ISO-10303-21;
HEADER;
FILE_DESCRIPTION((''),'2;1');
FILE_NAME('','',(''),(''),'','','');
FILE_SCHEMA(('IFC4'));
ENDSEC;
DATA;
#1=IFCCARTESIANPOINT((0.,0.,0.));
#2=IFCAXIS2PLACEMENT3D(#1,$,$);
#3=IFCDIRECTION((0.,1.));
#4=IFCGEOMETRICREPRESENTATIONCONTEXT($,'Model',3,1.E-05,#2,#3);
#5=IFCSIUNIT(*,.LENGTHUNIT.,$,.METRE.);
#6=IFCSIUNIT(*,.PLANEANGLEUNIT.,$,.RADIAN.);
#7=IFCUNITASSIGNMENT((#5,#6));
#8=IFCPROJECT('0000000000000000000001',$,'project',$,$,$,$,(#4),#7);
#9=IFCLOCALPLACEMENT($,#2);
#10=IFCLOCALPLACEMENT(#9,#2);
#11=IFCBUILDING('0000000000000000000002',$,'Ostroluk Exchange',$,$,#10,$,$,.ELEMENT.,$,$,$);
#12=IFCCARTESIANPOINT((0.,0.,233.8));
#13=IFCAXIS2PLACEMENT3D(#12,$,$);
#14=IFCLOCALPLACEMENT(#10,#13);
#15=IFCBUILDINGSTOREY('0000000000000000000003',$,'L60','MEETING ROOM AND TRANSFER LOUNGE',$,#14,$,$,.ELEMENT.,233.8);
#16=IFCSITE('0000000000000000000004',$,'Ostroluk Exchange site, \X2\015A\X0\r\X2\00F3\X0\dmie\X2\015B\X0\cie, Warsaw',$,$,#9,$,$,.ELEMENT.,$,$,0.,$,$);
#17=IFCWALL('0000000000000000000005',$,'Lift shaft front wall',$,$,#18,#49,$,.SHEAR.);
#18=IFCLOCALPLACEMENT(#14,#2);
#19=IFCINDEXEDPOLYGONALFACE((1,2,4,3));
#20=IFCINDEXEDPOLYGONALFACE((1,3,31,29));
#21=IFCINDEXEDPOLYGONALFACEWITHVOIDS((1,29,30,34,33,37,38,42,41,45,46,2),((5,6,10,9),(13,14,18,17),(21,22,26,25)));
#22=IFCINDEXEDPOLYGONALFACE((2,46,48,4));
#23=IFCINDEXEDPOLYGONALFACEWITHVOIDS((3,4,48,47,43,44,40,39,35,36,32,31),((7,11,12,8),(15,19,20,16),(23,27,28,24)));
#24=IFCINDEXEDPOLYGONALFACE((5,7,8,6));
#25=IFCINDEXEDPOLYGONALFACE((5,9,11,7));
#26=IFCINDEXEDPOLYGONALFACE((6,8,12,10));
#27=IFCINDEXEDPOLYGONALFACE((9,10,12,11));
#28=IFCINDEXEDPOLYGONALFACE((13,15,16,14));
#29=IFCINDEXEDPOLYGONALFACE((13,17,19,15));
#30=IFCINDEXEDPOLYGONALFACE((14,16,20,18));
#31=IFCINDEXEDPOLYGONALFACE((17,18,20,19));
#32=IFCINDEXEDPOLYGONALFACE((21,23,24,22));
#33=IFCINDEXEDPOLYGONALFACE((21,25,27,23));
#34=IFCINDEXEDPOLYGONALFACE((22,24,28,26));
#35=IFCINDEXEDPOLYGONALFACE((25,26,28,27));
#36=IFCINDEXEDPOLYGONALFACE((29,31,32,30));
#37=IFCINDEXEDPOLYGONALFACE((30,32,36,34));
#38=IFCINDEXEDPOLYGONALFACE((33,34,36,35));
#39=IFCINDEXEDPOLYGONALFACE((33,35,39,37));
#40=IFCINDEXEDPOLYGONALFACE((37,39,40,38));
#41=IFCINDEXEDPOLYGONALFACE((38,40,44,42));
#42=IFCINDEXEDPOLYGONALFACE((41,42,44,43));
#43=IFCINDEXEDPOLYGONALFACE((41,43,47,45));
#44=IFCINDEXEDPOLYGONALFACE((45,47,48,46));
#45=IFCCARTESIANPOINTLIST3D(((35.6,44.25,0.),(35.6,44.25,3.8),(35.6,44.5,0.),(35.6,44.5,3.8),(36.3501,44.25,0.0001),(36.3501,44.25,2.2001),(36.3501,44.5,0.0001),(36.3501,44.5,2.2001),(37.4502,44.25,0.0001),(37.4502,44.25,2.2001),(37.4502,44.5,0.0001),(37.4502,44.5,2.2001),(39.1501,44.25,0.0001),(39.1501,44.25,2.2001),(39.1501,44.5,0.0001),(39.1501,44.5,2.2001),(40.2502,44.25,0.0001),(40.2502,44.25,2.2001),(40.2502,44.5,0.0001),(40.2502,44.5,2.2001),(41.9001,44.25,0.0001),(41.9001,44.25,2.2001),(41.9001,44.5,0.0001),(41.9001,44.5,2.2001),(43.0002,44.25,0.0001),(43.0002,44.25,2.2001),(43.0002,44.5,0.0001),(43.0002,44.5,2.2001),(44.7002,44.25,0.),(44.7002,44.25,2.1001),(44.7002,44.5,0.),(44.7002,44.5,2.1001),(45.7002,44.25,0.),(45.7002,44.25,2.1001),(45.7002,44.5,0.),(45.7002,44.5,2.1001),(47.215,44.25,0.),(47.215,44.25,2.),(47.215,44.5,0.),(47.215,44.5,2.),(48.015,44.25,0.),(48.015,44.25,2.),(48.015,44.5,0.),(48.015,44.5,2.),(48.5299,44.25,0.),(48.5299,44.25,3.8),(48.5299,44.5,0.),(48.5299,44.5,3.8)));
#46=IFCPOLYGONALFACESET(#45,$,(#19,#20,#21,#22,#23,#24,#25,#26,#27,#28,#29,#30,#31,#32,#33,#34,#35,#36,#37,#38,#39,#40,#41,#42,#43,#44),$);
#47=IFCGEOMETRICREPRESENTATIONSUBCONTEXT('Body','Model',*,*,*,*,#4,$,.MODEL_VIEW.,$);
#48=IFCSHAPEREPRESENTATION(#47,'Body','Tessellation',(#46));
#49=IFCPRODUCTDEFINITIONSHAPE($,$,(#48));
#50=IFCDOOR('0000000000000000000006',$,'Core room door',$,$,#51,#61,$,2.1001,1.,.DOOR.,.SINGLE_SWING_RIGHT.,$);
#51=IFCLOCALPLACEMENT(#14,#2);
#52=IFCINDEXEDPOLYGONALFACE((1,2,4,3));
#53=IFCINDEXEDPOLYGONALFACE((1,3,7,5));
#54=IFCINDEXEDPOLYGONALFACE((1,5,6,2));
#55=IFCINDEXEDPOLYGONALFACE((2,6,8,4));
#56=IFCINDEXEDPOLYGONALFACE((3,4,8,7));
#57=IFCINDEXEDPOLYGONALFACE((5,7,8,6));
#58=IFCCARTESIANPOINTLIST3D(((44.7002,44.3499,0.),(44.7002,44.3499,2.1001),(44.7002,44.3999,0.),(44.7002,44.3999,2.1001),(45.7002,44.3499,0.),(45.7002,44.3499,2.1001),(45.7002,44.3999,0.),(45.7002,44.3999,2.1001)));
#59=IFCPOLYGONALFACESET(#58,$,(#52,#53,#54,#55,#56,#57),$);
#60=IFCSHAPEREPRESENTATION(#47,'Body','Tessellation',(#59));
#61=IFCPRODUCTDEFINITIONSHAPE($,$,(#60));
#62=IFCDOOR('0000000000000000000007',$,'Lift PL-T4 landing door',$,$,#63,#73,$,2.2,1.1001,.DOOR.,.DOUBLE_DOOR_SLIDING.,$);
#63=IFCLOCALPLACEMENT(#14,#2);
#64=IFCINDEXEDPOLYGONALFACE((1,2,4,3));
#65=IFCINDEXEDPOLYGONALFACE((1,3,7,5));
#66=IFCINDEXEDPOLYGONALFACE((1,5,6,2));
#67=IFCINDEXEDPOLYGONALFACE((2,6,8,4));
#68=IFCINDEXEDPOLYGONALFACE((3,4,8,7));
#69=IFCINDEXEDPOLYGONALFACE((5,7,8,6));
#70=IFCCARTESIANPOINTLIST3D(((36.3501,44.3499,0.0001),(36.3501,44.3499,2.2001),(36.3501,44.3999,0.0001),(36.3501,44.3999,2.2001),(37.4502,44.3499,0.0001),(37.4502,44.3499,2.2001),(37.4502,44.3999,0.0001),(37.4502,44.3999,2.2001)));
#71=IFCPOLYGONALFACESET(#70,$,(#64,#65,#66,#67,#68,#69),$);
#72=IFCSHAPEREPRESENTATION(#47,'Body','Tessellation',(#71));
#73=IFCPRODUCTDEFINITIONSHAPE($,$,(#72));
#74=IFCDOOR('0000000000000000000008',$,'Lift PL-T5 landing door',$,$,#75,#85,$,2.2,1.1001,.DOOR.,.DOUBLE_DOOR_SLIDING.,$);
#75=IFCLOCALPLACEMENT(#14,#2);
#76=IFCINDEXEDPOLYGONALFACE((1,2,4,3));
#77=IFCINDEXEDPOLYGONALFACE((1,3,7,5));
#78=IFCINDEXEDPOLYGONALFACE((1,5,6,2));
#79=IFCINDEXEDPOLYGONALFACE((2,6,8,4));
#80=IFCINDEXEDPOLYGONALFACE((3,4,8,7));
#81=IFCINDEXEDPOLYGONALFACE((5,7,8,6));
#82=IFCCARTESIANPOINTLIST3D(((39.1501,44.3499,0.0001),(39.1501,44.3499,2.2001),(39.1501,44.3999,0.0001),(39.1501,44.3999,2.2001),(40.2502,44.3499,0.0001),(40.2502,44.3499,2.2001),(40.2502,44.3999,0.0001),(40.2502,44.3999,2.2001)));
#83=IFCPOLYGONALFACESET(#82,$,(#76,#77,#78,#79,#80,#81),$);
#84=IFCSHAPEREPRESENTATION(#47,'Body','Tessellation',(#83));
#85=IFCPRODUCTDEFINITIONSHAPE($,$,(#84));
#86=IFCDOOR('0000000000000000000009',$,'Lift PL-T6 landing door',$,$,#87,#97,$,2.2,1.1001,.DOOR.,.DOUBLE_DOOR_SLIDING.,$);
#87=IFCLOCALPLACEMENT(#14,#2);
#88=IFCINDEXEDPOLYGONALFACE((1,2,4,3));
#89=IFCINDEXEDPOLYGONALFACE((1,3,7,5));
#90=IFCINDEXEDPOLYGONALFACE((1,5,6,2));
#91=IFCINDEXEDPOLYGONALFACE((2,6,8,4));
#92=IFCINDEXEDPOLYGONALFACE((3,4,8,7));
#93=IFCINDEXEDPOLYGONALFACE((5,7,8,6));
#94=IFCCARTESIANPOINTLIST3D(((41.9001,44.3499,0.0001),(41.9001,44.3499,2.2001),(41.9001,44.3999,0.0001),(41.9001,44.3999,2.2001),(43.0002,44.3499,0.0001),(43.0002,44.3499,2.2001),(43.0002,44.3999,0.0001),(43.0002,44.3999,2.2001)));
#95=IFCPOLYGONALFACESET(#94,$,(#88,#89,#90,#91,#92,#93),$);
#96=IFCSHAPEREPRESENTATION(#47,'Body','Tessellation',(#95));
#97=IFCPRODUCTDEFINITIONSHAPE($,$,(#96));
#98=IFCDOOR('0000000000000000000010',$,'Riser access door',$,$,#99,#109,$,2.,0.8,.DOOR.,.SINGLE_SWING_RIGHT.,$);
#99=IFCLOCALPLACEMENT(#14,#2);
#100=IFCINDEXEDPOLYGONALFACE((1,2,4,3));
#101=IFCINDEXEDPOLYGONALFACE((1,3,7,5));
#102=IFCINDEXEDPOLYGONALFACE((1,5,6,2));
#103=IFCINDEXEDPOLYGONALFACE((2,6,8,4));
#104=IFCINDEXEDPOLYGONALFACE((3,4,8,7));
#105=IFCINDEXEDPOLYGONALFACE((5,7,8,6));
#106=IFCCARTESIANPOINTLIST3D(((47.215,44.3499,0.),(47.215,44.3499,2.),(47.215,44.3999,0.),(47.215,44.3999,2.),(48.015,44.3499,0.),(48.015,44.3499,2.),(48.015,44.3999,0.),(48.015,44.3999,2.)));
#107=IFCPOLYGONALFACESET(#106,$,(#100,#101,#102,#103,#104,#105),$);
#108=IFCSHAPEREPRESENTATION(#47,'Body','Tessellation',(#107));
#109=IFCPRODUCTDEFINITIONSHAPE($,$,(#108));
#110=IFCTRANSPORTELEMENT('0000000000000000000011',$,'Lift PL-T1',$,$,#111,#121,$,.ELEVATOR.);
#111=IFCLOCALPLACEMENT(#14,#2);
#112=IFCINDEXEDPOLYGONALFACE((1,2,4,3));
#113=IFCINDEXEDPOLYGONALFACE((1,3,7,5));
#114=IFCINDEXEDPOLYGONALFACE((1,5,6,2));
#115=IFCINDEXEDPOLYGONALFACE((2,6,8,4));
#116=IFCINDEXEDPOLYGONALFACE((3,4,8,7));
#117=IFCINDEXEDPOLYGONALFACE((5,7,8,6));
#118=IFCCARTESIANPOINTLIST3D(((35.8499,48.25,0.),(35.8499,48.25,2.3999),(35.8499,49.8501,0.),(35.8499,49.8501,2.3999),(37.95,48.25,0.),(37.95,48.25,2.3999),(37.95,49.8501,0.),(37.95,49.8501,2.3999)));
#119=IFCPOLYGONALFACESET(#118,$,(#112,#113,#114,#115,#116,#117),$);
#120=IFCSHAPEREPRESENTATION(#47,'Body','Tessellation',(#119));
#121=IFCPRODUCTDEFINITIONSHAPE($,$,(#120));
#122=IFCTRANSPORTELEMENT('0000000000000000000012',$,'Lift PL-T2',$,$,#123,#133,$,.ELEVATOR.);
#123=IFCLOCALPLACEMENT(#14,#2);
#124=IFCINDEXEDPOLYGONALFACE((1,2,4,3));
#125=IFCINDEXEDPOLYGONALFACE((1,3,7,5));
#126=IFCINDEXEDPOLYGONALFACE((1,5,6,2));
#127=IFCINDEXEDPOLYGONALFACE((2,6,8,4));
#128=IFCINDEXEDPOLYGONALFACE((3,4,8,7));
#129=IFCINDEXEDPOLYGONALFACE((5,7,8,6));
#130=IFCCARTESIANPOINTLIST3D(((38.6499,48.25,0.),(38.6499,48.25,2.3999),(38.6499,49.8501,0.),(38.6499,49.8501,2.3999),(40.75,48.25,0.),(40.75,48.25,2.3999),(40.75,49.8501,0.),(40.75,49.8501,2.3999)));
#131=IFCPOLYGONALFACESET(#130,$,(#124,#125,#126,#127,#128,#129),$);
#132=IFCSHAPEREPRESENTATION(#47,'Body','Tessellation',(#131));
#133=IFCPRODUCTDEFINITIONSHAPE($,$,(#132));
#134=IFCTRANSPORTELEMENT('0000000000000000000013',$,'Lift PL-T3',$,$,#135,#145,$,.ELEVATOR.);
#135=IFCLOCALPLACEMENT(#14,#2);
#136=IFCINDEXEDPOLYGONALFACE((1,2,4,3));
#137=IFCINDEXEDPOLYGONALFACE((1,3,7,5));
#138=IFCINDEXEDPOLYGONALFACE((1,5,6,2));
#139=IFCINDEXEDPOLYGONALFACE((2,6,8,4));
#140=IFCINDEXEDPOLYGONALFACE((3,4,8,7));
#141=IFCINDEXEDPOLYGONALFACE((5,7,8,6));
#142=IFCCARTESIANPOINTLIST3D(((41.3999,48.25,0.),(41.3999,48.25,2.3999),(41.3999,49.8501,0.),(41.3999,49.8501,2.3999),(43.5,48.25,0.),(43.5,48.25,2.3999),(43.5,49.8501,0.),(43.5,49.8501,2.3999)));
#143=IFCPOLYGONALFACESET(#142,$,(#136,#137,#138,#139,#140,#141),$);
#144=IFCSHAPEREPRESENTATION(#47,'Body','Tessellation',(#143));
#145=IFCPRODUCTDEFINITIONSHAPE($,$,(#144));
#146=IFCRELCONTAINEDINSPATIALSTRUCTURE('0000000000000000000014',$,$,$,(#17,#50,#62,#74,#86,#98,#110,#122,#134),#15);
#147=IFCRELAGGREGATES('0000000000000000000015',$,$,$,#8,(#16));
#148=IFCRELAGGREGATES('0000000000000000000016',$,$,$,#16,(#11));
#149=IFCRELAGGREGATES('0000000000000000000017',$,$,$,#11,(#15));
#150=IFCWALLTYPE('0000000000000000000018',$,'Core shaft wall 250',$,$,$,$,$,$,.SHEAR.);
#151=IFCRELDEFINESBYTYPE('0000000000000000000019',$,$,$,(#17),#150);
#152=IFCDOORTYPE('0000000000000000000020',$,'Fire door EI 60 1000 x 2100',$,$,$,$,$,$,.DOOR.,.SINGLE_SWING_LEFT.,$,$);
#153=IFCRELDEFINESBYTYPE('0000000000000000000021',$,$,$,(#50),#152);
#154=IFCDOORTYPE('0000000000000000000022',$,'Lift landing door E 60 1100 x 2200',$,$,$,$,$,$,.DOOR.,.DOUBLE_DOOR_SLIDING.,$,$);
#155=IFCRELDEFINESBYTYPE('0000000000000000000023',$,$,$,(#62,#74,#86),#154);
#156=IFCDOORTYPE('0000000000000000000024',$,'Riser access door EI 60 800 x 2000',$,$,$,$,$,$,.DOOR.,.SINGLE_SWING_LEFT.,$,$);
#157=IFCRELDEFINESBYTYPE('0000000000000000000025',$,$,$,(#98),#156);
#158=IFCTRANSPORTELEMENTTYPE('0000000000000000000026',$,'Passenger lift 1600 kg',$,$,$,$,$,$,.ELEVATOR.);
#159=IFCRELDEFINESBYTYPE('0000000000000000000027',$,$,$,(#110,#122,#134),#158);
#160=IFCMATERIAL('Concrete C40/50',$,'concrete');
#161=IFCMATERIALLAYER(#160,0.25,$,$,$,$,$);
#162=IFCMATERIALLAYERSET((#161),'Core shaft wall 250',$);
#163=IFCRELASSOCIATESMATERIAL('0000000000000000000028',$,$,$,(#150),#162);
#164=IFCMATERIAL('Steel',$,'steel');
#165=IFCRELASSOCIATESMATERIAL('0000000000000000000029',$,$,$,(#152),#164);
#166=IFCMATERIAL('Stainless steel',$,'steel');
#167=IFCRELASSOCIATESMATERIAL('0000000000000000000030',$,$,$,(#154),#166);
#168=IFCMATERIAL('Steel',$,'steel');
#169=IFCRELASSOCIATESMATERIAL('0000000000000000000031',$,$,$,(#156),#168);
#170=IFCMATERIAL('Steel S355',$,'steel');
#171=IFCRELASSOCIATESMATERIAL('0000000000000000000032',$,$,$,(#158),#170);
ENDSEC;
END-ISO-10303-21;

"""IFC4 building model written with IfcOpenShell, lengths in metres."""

from ifc_helpers import new_model, si_unit, direction, frame, frame_2d, origin, origin_2d, place, context, subcontext, project, spatial, rectangle, extrude, material, layer, layer_set, type_object, element, fill, save


model = new_model("IFC4")

# Units and contexts
model_context = context("Model", 3, precision=1e-05, world=origin(), true_north=direction((0.0, 1.0)))
body_context = subcontext(model_context, "Body", "Model", "MODEL_VIEW")
ifc_project = project(units=[si_unit("LENGTHUNIT", "METRE"), si_unit("PLANEANGLEUNIT", "RADIAN")], contexts=[model_context])

# Site, building, storey
site_placement = place(None, origin())
site = spatial("IfcSite", under=ifc_project, at=site_placement, Name="Ostroluk Exchange site, Śródmieście, Warsaw", CompositionType="ELEMENT", RefElevation=0.0)
building_placement = place(site_placement, origin())
building = spatial("IfcBuilding", under=site, at=building_placement, Name="Ostroluk Exchange", CompositionType="ELEMENT")
storey_placement = place(building_placement, frame((0.0, 0.0, 233.8)))
storey = spatial("IfcBuildingStorey", under=building, at=storey_placement, Name="L60", Description="MEETING ROOM AND TRANSFER LOUNGE", CompositionType="ELEMENT", Elevation=233.8)

# Shared definitions
ifc_material_1 = material(Name="Concrete C40/50", Category="concrete")
ifc_layer = layer(ifc_material_1, 0.25)
ifc_layer_set = layer_set([ifc_layer], Name="Core shaft wall 250")
wall_type = type_object("IfcWallType", Name="Core shaft wall 250", PredefinedType="SHEAR", material=ifc_layer_set)

# Wall, openings, doors
ifc_material_2 = material(Name="Steel", Category="steel")
door_type_1 = type_object("IfcDoorType", Name="Fire door EI 60 1000 x 2100", OperationType="SINGLE_SWING_LEFT", PredefinedType="DOOR", material=ifc_material_2)
ifc_material_3 = material(Name="Stainless steel", Category="steel")
door_type_2 = type_object("IfcDoorType", Name="Lift landing door E 60 1100 x 2200", OperationType="DOUBLE_DOOR_SLIDING", PredefinedType="DOOR", material=ifc_material_3)
ifc_material_4 = material(Name="Steel", Category="steel")
door_type_3 = type_object("IfcDoorType", Name="Riser access door EI 60 800 x 2000", OperationType="SINGLE_SWING_LEFT", PredefinedType="DOOR", material=ifc_material_4)
wall_1_placement = place(storey_placement, frame((35.6001, 44.375, 0.0), z_axis=(0.0, 0.0, 1.0), x_axis=(1.0, 0.0, 0.0)))
wall_1 = element("IfcWall", 1, at=wall_1_placement, inside=storey, type_object=wall_type, Name="Lift shaft front wall", PredefinedType="SHEAR", context=body_context, shape_type="SweptSolid", body=[
    extrude(rectangle(XDim=12.9299, YDim=0.25, at=frame_2d((6.4648, 0.0))), origin(), (0.0, 0.0, 1.0), 3.8),
])
opening_1_placement = place(wall_1_placement, frame((0.75, 0.0, 0.0)))
opening_1 = element("IfcOpeningElement", 2, at=opening_1_placement, cuts=wall_1, PredefinedType="OPENING", context=body_context, shape_type="SweptSolid", body=[
    extrude(rectangle(XDim=1.1001, YDim=2.2, at=frame_2d((0.55, 1.1001))), frame((0.0, 0.135, 0.0), z_axis=(0.0, -1.0, 0.0), x_axis=(1.0, 0.0, 0.0)), (0.0, 0.0, 1.0), 0.27),
])
opening_2_placement = place(wall_1_placement, frame((3.55, 0.0, 0.0)))
opening_2 = element("IfcOpeningElement", 3, at=opening_2_placement, cuts=wall_1, PredefinedType="OPENING", context=body_context, shape_type="SweptSolid", body=[
    extrude(rectangle(XDim=1.1001, YDim=2.2, at=frame_2d((0.55, 1.1001))), frame((0.0, 0.135, 0.0), z_axis=(0.0, -1.0, 0.0), x_axis=(1.0, 0.0, 0.0)), (0.0, 0.0, 1.0), 0.27),
])
opening_3_placement = place(wall_1_placement, frame((6.3, 0.0, 0.0)))
opening_3 = element("IfcOpeningElement", 4, at=opening_3_placement, cuts=wall_1, PredefinedType="OPENING", context=body_context, shape_type="SweptSolid", body=[
    extrude(rectangle(XDim=1.1001, YDim=2.2, at=frame_2d((0.55, 1.1001))), frame((0.0, 0.135, 0.0), z_axis=(0.0, -1.0, 0.0), x_axis=(1.0, 0.0, 0.0)), (0.0, 0.0, 1.0), 0.27),
])
opening_4_placement = place(wall_1_placement, frame((9.1001, 0.0, 0.0)))
opening_4 = element("IfcOpeningElement", 5, at=opening_4_placement, cuts=wall_1, PredefinedType="OPENING", context=body_context, shape_type="SweptSolid", body=[
    extrude(rectangle(XDim=1.0, YDim=2.1001, at=frame_2d((0.5, 1.05))), frame((0.0, 0.135, 0.0), z_axis=(0.0, -1.0, 0.0), x_axis=(1.0, 0.0, 0.0)), (0.0, 0.0, 1.0), 0.27),
])
opening_5_placement = place(wall_1_placement, frame((11.615, 0.0, 0.0)))
opening_5 = element("IfcOpeningElement", 6, at=opening_5_placement, cuts=wall_1, PredefinedType="OPENING", context=body_context, shape_type="SweptSolid", body=[
    extrude(rectangle(XDim=0.8, YDim=2.0, at=frame_2d((0.3999, 1.0))), frame((0.0, 0.135, 0.0), z_axis=(0.0, -1.0, 0.0), x_axis=(1.0, 0.0, 0.0)), (0.0, 0.0, 1.0), 0.27),
])
door_1_placement = place(opening_4_placement, origin())
door_1 = element("IfcDoor", 7, at=door_1_placement, inside=storey, type_object=door_type_1, Name="Core room door", OperationType="SINGLE_SWING_RIGHT", OverallHeight=2.1001, OverallWidth=1.0, PredefinedType="DOOR", context=body_context, shape_type="SweptSolid", body=[
    extrude(rectangle(XDim=1.0, YDim=2.1001, at=frame_2d((0.5, 1.05))), frame((0.0, 0.0249, 0.0), z_axis=(0.0, -1.0, 0.0), x_axis=(1.0, 0.0, 0.0)), (0.0, 0.0, 1.0), 0.05),
])
fill(opening_4, door_1)
door_2_placement = place(opening_1_placement, origin())
door_2 = element("IfcDoor", 8, at=door_2_placement, inside=storey, type_object=door_type_2, Name="Lift PL-T4 landing door", OperationType="DOUBLE_DOOR_SLIDING", OverallHeight=2.2, OverallWidth=1.1001, PredefinedType="DOOR", context=body_context, shape_type="SweptSolid", body=[
    extrude(rectangle(XDim=1.1001, YDim=2.2, at=frame_2d((0.55, 1.1001))), frame((0.0, 0.0249, 0.0), z_axis=(0.0, -1.0, 0.0), x_axis=(1.0, 0.0, 0.0)), (0.0, 0.0, 1.0), 0.05),
])
fill(opening_1, door_2)
door_3_placement = place(opening_2_placement, origin())
door_3 = element("IfcDoor", 9, at=door_3_placement, inside=storey, type_object=door_type_2, Name="Lift PL-T5 landing door", OperationType="DOUBLE_DOOR_SLIDING", OverallHeight=2.2, OverallWidth=1.1001, PredefinedType="DOOR", context=body_context, shape_type="SweptSolid", body=[
    extrude(rectangle(XDim=1.1001, YDim=2.2, at=frame_2d((0.55, 1.1001))), frame((0.0, 0.0249, 0.0), z_axis=(0.0, -1.0, 0.0), x_axis=(1.0, 0.0, 0.0)), (0.0, 0.0, 1.0), 0.05),
])
fill(opening_2, door_3)
door_4_placement = place(opening_3_placement, origin())
door_4 = element("IfcDoor", 10, at=door_4_placement, inside=storey, type_object=door_type_2, Name="Lift PL-T6 landing door", OperationType="DOUBLE_DOOR_SLIDING", OverallHeight=2.2, OverallWidth=1.1001, PredefinedType="DOOR", context=body_context, shape_type="SweptSolid", body=[
    extrude(rectangle(XDim=1.1001, YDim=2.2, at=frame_2d((0.55, 1.1001))), frame((0.0, 0.0249, 0.0), z_axis=(0.0, -1.0, 0.0), x_axis=(1.0, 0.0, 0.0)), (0.0, 0.0, 1.0), 0.05),
])
fill(opening_3, door_4)
door_5_placement = place(opening_5_placement, origin())
door_5 = element("IfcDoor", 11, at=door_5_placement, inside=storey, type_object=door_type_3, Name="Riser access door", OperationType="SINGLE_SWING_RIGHT", OverallHeight=2.0, OverallWidth=0.8, PredefinedType="DOOR", context=body_context, shape_type="SweptSolid", body=[
    extrude(rectangle(XDim=0.8, YDim=2.0, at=frame_2d((0.3999, 1.0))), frame((0.0, 0.0249, 0.0), z_axis=(0.0, -1.0, 0.0), x_axis=(1.0, 0.0, 0.0)), (0.0, 0.0, 1.0), 0.05),
])
fill(opening_5, door_5)

# Transport elements
ifc_material_5 = material(Name="Steel S355", Category="steel")
transport_element_type = type_object("IfcTransportElementType", Name="Passenger lift 1600 kg", PredefinedType="ELEVATOR", material=ifc_material_5)
for number, where, z_axis, x_axis, name in (
    (12, (36.8999, 49.05, 0.0), (0.0, 0.0, 1.0), (1.0, 0.0, 0.0), "Lift PL-T1"),
    (13, (39.7, 49.05, 0.0), (0.0, 0.0, 1.0), (1.0, 0.0, 0.0), "Lift PL-T2"),
    (14, (42.45, 49.05, 0.0), (0.0, 0.0, 1.0), (1.0, 0.0, 0.0), "Lift PL-T3"),
):
    element("IfcTransportElement", number, at=place(storey_placement, frame(where, z_axis=z_axis, x_axis=x_axis)), inside=storey, type_object=transport_element_type, Name=name, PredefinedType="ELEVATOR", context=body_context, shape_type="SweptSolid", body=[
        extrude(rectangle(XDim=2.1001, YDim=1.6001, at=origin_2d()), origin(), (0.0, 0.0, 1.0), 2.3999),
    ])

save(model, "model.ifc")
